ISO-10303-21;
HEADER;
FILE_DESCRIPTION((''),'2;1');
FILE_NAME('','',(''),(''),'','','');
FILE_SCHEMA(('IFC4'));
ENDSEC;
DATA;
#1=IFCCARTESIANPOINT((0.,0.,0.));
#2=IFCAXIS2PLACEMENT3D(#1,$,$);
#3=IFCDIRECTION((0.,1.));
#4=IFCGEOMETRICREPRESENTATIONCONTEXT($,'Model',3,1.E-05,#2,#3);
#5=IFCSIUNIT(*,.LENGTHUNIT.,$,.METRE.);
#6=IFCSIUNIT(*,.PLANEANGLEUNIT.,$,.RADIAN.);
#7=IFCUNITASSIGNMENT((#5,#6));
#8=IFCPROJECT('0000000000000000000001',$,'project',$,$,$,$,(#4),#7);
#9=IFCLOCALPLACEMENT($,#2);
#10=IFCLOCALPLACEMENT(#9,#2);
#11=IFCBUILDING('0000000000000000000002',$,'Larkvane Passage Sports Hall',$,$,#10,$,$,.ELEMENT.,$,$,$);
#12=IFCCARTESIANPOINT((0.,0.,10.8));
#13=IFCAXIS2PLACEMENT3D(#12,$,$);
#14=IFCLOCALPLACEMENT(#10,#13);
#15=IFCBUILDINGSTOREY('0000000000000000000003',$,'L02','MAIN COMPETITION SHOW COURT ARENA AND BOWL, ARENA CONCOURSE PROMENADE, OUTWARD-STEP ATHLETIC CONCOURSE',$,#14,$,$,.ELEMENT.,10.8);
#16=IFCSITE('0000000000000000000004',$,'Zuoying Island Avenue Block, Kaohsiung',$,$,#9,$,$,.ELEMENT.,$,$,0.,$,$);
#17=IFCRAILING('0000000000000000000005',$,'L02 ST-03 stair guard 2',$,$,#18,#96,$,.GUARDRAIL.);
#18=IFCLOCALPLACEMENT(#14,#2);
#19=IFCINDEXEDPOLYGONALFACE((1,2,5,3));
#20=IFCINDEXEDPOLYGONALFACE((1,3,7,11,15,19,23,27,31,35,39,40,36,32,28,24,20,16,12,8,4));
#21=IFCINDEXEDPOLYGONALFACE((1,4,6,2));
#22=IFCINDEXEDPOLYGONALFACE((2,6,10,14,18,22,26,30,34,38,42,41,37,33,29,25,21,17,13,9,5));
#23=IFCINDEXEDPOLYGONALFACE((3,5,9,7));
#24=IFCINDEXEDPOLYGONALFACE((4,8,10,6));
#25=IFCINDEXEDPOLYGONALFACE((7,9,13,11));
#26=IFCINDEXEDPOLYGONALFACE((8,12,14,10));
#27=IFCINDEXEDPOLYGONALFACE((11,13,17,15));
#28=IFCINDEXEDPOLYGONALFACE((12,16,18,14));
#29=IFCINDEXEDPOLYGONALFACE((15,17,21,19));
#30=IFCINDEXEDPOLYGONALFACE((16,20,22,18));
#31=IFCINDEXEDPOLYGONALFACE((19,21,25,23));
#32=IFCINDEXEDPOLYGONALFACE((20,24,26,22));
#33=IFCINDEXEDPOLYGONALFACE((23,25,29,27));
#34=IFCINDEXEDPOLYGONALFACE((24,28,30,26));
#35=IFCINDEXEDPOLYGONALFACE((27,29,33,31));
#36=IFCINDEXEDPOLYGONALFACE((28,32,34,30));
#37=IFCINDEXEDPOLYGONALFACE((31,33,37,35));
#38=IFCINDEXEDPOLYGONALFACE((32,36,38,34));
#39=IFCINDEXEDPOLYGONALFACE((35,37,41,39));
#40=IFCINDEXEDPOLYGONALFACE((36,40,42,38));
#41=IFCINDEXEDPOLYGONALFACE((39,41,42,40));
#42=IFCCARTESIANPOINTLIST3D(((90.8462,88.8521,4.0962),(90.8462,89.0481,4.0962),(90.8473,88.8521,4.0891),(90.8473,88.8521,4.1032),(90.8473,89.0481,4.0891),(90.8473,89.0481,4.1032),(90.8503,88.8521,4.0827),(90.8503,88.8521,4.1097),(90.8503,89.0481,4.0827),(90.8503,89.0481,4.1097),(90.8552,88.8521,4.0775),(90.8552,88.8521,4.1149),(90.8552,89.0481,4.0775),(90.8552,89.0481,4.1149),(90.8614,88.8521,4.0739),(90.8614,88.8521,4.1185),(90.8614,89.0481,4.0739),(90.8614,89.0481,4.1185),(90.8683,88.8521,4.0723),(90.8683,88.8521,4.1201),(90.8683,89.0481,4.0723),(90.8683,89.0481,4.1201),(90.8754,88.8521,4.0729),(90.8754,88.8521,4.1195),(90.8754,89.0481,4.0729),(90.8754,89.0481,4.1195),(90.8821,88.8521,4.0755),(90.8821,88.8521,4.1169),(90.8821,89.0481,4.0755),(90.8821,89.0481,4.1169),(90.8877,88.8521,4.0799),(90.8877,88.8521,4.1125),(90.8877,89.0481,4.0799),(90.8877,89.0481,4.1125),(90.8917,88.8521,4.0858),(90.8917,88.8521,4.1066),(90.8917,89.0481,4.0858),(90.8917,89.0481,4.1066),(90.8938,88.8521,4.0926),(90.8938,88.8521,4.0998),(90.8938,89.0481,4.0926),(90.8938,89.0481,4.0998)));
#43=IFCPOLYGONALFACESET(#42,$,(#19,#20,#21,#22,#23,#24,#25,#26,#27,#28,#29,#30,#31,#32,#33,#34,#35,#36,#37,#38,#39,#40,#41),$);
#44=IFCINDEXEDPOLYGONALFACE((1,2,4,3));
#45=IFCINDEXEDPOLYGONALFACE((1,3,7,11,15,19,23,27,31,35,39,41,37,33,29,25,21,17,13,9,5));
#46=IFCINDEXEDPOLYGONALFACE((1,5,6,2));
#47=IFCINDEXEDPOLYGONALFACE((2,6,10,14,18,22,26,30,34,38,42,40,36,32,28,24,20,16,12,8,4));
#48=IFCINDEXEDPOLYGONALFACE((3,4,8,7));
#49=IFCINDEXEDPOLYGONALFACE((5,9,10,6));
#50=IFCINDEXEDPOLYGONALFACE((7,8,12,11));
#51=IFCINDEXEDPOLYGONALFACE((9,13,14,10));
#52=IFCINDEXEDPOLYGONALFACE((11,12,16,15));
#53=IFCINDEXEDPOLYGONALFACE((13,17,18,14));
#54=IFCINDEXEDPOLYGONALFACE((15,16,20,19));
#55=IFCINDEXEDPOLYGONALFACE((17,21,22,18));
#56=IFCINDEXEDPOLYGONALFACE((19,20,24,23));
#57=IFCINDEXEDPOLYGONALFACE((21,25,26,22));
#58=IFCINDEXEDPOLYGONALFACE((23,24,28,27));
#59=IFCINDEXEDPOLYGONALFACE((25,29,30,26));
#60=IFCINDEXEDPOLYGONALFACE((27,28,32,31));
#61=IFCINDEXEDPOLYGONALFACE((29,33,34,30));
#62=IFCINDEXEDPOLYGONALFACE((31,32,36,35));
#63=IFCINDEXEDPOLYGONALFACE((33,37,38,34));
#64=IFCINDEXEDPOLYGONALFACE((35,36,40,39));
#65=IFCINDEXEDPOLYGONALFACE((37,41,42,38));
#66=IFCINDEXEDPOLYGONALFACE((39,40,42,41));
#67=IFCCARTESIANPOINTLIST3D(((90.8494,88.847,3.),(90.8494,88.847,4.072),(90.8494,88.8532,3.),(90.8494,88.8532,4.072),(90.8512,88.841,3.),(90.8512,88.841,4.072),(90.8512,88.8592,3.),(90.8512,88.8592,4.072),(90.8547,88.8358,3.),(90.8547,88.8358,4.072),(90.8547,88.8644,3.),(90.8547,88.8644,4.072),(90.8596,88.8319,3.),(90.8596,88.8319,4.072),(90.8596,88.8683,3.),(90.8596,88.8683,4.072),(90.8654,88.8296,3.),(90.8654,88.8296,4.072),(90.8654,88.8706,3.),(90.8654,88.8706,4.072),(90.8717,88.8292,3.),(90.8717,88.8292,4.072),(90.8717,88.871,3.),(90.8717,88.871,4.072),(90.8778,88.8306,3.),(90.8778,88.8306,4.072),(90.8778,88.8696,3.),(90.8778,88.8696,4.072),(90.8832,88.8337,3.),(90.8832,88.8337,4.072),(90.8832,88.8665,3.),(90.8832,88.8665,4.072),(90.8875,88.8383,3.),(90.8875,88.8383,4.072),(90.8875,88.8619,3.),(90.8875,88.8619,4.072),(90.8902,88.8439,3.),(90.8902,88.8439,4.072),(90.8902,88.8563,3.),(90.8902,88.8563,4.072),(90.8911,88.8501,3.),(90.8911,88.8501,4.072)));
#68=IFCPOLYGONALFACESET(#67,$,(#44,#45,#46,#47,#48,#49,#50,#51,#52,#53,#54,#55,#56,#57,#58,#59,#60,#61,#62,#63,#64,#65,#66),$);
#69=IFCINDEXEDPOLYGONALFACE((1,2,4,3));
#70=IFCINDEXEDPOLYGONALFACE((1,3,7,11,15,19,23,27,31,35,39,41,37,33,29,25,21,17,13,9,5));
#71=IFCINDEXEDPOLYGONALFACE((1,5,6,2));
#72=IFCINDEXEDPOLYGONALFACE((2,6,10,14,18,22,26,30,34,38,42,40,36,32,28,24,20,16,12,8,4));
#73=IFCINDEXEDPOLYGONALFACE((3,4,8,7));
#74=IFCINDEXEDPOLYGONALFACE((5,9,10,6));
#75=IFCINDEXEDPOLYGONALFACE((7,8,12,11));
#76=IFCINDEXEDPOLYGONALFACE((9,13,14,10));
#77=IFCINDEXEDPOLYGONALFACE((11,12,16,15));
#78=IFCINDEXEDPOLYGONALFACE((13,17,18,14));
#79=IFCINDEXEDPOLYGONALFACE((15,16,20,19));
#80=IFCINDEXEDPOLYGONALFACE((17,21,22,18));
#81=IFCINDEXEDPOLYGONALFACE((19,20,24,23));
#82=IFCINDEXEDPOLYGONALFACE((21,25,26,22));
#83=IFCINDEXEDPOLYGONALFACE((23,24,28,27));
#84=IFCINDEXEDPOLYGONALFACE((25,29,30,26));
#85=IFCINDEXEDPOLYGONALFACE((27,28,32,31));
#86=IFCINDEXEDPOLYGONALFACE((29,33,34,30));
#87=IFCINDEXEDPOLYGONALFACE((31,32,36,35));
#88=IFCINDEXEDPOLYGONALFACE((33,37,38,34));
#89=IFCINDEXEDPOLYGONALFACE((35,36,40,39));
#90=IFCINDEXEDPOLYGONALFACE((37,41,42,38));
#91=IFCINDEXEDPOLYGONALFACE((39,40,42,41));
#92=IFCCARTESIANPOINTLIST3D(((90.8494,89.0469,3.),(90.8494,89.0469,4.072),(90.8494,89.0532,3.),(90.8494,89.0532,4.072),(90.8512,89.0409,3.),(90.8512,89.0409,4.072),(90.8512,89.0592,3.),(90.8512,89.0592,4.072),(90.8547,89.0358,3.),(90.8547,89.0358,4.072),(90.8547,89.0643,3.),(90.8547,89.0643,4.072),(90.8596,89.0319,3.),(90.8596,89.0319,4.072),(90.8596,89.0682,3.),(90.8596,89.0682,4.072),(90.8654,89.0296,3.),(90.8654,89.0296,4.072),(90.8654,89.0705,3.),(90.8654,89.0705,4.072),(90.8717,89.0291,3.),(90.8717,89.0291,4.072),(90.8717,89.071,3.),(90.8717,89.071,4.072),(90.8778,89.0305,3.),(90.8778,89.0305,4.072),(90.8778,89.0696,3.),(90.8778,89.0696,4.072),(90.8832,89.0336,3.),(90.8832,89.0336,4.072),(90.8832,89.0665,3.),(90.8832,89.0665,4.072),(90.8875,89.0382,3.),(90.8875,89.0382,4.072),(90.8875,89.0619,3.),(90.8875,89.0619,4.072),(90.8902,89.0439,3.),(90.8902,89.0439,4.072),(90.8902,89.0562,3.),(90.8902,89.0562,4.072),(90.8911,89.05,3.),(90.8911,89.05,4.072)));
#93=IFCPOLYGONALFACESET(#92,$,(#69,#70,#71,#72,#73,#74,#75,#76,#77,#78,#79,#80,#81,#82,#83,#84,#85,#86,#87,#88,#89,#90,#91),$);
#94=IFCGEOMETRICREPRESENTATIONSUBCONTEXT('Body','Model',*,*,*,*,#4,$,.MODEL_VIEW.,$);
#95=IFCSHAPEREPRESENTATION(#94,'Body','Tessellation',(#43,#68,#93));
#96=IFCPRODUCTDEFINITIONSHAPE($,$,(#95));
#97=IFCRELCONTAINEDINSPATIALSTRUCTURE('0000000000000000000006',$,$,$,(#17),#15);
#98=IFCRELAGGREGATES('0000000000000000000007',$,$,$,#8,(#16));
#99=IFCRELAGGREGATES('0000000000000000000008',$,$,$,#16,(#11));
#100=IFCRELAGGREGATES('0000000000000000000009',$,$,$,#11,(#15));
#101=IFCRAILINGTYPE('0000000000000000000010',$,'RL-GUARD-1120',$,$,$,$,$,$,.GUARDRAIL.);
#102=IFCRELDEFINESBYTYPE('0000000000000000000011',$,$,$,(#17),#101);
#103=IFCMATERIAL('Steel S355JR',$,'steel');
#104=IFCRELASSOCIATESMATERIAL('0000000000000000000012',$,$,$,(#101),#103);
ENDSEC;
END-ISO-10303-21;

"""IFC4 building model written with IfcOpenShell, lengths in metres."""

from ifc_helpers import new_model, si_unit, direction, frame, origin, origin_2d, place, context, subcontext, project, spatial, circle, extrude, material, type_object, element, save


model = new_model("IFC4")

# Units and contexts
model_context = context("Model", 3, precision=1e-05, world=origin(), true_north=direction((0.0, 1.0)))
body_context = subcontext(model_context, "Body", "Model", "MODEL_VIEW")
ifc_project = project(units=[si_unit("LENGTHUNIT", "METRE"), si_unit("PLANEANGLEUNIT", "RADIAN")], contexts=[model_context])

# Site, building, storey
site_placement = place(None, origin())
site = spatial("IfcSite", under=ifc_project, at=site_placement, Name="Zuoying Island Avenue Block, Kaohsiung", CompositionType="ELEMENT", RefElevation=0.0)
building_placement = place(site_placement, origin())
building = spatial("IfcBuilding", under=site, at=building_placement, Name="Larkvane Passage Sports Hall", CompositionType="ELEMENT")
storey_placement = place(building_placement, frame((0.0, 0.0, 10.8)))
storey = spatial("IfcBuildingStorey", under=building, at=storey_placement, Name="L02", Description="MAIN COMPETITION SHOW COURT ARENA AND BOWL, ARENA CONCOURSE PROMENADE, OUTWARD-STEP ATHLETIC CONCOURSE", CompositionType="ELEMENT", Elevation=10.8)

# Shared definitions
ifc_material_1 = material(Name="Steel S355JR", Category="steel")

# Railing
railing_type_1 = type_object("IfcRailingType", Name="RL-GUARD-1120", PredefinedType="GUARDRAIL", material=ifc_material_1)
railing_1_placement = place(storey_placement, frame((90.8701, 88.8501, 3.0)))
element("IfcRailing", 1, at=railing_1_placement, inside=storey, type_object=railing_type_1, Name="L02 ST-03 stair guard 2", PredefinedType="GUARDRAIL", context=body_context, shape_type="SweptSolid", body=[
    extrude(circle(Radius=0.0239, at=origin_2d()), frame((0.0, 0.002, 1.0962), z_axis=(0.0, 1.0, 0.0), x_axis=(-1.0, 0.0, 0.0)), (0.0, 0.0, 1.0), 0.196),
    extrude(circle(Radius=0.021, at=origin_2d()), origin(), (0.0, 0.0, 1.0), 1.072),
    extrude(circle(Radius=0.021, at=origin_2d()), frame((0.0, 0.2, 0.0)), (0.0, 0.0, 1.0), 1.072),
])

save(model, "model.ifc")
